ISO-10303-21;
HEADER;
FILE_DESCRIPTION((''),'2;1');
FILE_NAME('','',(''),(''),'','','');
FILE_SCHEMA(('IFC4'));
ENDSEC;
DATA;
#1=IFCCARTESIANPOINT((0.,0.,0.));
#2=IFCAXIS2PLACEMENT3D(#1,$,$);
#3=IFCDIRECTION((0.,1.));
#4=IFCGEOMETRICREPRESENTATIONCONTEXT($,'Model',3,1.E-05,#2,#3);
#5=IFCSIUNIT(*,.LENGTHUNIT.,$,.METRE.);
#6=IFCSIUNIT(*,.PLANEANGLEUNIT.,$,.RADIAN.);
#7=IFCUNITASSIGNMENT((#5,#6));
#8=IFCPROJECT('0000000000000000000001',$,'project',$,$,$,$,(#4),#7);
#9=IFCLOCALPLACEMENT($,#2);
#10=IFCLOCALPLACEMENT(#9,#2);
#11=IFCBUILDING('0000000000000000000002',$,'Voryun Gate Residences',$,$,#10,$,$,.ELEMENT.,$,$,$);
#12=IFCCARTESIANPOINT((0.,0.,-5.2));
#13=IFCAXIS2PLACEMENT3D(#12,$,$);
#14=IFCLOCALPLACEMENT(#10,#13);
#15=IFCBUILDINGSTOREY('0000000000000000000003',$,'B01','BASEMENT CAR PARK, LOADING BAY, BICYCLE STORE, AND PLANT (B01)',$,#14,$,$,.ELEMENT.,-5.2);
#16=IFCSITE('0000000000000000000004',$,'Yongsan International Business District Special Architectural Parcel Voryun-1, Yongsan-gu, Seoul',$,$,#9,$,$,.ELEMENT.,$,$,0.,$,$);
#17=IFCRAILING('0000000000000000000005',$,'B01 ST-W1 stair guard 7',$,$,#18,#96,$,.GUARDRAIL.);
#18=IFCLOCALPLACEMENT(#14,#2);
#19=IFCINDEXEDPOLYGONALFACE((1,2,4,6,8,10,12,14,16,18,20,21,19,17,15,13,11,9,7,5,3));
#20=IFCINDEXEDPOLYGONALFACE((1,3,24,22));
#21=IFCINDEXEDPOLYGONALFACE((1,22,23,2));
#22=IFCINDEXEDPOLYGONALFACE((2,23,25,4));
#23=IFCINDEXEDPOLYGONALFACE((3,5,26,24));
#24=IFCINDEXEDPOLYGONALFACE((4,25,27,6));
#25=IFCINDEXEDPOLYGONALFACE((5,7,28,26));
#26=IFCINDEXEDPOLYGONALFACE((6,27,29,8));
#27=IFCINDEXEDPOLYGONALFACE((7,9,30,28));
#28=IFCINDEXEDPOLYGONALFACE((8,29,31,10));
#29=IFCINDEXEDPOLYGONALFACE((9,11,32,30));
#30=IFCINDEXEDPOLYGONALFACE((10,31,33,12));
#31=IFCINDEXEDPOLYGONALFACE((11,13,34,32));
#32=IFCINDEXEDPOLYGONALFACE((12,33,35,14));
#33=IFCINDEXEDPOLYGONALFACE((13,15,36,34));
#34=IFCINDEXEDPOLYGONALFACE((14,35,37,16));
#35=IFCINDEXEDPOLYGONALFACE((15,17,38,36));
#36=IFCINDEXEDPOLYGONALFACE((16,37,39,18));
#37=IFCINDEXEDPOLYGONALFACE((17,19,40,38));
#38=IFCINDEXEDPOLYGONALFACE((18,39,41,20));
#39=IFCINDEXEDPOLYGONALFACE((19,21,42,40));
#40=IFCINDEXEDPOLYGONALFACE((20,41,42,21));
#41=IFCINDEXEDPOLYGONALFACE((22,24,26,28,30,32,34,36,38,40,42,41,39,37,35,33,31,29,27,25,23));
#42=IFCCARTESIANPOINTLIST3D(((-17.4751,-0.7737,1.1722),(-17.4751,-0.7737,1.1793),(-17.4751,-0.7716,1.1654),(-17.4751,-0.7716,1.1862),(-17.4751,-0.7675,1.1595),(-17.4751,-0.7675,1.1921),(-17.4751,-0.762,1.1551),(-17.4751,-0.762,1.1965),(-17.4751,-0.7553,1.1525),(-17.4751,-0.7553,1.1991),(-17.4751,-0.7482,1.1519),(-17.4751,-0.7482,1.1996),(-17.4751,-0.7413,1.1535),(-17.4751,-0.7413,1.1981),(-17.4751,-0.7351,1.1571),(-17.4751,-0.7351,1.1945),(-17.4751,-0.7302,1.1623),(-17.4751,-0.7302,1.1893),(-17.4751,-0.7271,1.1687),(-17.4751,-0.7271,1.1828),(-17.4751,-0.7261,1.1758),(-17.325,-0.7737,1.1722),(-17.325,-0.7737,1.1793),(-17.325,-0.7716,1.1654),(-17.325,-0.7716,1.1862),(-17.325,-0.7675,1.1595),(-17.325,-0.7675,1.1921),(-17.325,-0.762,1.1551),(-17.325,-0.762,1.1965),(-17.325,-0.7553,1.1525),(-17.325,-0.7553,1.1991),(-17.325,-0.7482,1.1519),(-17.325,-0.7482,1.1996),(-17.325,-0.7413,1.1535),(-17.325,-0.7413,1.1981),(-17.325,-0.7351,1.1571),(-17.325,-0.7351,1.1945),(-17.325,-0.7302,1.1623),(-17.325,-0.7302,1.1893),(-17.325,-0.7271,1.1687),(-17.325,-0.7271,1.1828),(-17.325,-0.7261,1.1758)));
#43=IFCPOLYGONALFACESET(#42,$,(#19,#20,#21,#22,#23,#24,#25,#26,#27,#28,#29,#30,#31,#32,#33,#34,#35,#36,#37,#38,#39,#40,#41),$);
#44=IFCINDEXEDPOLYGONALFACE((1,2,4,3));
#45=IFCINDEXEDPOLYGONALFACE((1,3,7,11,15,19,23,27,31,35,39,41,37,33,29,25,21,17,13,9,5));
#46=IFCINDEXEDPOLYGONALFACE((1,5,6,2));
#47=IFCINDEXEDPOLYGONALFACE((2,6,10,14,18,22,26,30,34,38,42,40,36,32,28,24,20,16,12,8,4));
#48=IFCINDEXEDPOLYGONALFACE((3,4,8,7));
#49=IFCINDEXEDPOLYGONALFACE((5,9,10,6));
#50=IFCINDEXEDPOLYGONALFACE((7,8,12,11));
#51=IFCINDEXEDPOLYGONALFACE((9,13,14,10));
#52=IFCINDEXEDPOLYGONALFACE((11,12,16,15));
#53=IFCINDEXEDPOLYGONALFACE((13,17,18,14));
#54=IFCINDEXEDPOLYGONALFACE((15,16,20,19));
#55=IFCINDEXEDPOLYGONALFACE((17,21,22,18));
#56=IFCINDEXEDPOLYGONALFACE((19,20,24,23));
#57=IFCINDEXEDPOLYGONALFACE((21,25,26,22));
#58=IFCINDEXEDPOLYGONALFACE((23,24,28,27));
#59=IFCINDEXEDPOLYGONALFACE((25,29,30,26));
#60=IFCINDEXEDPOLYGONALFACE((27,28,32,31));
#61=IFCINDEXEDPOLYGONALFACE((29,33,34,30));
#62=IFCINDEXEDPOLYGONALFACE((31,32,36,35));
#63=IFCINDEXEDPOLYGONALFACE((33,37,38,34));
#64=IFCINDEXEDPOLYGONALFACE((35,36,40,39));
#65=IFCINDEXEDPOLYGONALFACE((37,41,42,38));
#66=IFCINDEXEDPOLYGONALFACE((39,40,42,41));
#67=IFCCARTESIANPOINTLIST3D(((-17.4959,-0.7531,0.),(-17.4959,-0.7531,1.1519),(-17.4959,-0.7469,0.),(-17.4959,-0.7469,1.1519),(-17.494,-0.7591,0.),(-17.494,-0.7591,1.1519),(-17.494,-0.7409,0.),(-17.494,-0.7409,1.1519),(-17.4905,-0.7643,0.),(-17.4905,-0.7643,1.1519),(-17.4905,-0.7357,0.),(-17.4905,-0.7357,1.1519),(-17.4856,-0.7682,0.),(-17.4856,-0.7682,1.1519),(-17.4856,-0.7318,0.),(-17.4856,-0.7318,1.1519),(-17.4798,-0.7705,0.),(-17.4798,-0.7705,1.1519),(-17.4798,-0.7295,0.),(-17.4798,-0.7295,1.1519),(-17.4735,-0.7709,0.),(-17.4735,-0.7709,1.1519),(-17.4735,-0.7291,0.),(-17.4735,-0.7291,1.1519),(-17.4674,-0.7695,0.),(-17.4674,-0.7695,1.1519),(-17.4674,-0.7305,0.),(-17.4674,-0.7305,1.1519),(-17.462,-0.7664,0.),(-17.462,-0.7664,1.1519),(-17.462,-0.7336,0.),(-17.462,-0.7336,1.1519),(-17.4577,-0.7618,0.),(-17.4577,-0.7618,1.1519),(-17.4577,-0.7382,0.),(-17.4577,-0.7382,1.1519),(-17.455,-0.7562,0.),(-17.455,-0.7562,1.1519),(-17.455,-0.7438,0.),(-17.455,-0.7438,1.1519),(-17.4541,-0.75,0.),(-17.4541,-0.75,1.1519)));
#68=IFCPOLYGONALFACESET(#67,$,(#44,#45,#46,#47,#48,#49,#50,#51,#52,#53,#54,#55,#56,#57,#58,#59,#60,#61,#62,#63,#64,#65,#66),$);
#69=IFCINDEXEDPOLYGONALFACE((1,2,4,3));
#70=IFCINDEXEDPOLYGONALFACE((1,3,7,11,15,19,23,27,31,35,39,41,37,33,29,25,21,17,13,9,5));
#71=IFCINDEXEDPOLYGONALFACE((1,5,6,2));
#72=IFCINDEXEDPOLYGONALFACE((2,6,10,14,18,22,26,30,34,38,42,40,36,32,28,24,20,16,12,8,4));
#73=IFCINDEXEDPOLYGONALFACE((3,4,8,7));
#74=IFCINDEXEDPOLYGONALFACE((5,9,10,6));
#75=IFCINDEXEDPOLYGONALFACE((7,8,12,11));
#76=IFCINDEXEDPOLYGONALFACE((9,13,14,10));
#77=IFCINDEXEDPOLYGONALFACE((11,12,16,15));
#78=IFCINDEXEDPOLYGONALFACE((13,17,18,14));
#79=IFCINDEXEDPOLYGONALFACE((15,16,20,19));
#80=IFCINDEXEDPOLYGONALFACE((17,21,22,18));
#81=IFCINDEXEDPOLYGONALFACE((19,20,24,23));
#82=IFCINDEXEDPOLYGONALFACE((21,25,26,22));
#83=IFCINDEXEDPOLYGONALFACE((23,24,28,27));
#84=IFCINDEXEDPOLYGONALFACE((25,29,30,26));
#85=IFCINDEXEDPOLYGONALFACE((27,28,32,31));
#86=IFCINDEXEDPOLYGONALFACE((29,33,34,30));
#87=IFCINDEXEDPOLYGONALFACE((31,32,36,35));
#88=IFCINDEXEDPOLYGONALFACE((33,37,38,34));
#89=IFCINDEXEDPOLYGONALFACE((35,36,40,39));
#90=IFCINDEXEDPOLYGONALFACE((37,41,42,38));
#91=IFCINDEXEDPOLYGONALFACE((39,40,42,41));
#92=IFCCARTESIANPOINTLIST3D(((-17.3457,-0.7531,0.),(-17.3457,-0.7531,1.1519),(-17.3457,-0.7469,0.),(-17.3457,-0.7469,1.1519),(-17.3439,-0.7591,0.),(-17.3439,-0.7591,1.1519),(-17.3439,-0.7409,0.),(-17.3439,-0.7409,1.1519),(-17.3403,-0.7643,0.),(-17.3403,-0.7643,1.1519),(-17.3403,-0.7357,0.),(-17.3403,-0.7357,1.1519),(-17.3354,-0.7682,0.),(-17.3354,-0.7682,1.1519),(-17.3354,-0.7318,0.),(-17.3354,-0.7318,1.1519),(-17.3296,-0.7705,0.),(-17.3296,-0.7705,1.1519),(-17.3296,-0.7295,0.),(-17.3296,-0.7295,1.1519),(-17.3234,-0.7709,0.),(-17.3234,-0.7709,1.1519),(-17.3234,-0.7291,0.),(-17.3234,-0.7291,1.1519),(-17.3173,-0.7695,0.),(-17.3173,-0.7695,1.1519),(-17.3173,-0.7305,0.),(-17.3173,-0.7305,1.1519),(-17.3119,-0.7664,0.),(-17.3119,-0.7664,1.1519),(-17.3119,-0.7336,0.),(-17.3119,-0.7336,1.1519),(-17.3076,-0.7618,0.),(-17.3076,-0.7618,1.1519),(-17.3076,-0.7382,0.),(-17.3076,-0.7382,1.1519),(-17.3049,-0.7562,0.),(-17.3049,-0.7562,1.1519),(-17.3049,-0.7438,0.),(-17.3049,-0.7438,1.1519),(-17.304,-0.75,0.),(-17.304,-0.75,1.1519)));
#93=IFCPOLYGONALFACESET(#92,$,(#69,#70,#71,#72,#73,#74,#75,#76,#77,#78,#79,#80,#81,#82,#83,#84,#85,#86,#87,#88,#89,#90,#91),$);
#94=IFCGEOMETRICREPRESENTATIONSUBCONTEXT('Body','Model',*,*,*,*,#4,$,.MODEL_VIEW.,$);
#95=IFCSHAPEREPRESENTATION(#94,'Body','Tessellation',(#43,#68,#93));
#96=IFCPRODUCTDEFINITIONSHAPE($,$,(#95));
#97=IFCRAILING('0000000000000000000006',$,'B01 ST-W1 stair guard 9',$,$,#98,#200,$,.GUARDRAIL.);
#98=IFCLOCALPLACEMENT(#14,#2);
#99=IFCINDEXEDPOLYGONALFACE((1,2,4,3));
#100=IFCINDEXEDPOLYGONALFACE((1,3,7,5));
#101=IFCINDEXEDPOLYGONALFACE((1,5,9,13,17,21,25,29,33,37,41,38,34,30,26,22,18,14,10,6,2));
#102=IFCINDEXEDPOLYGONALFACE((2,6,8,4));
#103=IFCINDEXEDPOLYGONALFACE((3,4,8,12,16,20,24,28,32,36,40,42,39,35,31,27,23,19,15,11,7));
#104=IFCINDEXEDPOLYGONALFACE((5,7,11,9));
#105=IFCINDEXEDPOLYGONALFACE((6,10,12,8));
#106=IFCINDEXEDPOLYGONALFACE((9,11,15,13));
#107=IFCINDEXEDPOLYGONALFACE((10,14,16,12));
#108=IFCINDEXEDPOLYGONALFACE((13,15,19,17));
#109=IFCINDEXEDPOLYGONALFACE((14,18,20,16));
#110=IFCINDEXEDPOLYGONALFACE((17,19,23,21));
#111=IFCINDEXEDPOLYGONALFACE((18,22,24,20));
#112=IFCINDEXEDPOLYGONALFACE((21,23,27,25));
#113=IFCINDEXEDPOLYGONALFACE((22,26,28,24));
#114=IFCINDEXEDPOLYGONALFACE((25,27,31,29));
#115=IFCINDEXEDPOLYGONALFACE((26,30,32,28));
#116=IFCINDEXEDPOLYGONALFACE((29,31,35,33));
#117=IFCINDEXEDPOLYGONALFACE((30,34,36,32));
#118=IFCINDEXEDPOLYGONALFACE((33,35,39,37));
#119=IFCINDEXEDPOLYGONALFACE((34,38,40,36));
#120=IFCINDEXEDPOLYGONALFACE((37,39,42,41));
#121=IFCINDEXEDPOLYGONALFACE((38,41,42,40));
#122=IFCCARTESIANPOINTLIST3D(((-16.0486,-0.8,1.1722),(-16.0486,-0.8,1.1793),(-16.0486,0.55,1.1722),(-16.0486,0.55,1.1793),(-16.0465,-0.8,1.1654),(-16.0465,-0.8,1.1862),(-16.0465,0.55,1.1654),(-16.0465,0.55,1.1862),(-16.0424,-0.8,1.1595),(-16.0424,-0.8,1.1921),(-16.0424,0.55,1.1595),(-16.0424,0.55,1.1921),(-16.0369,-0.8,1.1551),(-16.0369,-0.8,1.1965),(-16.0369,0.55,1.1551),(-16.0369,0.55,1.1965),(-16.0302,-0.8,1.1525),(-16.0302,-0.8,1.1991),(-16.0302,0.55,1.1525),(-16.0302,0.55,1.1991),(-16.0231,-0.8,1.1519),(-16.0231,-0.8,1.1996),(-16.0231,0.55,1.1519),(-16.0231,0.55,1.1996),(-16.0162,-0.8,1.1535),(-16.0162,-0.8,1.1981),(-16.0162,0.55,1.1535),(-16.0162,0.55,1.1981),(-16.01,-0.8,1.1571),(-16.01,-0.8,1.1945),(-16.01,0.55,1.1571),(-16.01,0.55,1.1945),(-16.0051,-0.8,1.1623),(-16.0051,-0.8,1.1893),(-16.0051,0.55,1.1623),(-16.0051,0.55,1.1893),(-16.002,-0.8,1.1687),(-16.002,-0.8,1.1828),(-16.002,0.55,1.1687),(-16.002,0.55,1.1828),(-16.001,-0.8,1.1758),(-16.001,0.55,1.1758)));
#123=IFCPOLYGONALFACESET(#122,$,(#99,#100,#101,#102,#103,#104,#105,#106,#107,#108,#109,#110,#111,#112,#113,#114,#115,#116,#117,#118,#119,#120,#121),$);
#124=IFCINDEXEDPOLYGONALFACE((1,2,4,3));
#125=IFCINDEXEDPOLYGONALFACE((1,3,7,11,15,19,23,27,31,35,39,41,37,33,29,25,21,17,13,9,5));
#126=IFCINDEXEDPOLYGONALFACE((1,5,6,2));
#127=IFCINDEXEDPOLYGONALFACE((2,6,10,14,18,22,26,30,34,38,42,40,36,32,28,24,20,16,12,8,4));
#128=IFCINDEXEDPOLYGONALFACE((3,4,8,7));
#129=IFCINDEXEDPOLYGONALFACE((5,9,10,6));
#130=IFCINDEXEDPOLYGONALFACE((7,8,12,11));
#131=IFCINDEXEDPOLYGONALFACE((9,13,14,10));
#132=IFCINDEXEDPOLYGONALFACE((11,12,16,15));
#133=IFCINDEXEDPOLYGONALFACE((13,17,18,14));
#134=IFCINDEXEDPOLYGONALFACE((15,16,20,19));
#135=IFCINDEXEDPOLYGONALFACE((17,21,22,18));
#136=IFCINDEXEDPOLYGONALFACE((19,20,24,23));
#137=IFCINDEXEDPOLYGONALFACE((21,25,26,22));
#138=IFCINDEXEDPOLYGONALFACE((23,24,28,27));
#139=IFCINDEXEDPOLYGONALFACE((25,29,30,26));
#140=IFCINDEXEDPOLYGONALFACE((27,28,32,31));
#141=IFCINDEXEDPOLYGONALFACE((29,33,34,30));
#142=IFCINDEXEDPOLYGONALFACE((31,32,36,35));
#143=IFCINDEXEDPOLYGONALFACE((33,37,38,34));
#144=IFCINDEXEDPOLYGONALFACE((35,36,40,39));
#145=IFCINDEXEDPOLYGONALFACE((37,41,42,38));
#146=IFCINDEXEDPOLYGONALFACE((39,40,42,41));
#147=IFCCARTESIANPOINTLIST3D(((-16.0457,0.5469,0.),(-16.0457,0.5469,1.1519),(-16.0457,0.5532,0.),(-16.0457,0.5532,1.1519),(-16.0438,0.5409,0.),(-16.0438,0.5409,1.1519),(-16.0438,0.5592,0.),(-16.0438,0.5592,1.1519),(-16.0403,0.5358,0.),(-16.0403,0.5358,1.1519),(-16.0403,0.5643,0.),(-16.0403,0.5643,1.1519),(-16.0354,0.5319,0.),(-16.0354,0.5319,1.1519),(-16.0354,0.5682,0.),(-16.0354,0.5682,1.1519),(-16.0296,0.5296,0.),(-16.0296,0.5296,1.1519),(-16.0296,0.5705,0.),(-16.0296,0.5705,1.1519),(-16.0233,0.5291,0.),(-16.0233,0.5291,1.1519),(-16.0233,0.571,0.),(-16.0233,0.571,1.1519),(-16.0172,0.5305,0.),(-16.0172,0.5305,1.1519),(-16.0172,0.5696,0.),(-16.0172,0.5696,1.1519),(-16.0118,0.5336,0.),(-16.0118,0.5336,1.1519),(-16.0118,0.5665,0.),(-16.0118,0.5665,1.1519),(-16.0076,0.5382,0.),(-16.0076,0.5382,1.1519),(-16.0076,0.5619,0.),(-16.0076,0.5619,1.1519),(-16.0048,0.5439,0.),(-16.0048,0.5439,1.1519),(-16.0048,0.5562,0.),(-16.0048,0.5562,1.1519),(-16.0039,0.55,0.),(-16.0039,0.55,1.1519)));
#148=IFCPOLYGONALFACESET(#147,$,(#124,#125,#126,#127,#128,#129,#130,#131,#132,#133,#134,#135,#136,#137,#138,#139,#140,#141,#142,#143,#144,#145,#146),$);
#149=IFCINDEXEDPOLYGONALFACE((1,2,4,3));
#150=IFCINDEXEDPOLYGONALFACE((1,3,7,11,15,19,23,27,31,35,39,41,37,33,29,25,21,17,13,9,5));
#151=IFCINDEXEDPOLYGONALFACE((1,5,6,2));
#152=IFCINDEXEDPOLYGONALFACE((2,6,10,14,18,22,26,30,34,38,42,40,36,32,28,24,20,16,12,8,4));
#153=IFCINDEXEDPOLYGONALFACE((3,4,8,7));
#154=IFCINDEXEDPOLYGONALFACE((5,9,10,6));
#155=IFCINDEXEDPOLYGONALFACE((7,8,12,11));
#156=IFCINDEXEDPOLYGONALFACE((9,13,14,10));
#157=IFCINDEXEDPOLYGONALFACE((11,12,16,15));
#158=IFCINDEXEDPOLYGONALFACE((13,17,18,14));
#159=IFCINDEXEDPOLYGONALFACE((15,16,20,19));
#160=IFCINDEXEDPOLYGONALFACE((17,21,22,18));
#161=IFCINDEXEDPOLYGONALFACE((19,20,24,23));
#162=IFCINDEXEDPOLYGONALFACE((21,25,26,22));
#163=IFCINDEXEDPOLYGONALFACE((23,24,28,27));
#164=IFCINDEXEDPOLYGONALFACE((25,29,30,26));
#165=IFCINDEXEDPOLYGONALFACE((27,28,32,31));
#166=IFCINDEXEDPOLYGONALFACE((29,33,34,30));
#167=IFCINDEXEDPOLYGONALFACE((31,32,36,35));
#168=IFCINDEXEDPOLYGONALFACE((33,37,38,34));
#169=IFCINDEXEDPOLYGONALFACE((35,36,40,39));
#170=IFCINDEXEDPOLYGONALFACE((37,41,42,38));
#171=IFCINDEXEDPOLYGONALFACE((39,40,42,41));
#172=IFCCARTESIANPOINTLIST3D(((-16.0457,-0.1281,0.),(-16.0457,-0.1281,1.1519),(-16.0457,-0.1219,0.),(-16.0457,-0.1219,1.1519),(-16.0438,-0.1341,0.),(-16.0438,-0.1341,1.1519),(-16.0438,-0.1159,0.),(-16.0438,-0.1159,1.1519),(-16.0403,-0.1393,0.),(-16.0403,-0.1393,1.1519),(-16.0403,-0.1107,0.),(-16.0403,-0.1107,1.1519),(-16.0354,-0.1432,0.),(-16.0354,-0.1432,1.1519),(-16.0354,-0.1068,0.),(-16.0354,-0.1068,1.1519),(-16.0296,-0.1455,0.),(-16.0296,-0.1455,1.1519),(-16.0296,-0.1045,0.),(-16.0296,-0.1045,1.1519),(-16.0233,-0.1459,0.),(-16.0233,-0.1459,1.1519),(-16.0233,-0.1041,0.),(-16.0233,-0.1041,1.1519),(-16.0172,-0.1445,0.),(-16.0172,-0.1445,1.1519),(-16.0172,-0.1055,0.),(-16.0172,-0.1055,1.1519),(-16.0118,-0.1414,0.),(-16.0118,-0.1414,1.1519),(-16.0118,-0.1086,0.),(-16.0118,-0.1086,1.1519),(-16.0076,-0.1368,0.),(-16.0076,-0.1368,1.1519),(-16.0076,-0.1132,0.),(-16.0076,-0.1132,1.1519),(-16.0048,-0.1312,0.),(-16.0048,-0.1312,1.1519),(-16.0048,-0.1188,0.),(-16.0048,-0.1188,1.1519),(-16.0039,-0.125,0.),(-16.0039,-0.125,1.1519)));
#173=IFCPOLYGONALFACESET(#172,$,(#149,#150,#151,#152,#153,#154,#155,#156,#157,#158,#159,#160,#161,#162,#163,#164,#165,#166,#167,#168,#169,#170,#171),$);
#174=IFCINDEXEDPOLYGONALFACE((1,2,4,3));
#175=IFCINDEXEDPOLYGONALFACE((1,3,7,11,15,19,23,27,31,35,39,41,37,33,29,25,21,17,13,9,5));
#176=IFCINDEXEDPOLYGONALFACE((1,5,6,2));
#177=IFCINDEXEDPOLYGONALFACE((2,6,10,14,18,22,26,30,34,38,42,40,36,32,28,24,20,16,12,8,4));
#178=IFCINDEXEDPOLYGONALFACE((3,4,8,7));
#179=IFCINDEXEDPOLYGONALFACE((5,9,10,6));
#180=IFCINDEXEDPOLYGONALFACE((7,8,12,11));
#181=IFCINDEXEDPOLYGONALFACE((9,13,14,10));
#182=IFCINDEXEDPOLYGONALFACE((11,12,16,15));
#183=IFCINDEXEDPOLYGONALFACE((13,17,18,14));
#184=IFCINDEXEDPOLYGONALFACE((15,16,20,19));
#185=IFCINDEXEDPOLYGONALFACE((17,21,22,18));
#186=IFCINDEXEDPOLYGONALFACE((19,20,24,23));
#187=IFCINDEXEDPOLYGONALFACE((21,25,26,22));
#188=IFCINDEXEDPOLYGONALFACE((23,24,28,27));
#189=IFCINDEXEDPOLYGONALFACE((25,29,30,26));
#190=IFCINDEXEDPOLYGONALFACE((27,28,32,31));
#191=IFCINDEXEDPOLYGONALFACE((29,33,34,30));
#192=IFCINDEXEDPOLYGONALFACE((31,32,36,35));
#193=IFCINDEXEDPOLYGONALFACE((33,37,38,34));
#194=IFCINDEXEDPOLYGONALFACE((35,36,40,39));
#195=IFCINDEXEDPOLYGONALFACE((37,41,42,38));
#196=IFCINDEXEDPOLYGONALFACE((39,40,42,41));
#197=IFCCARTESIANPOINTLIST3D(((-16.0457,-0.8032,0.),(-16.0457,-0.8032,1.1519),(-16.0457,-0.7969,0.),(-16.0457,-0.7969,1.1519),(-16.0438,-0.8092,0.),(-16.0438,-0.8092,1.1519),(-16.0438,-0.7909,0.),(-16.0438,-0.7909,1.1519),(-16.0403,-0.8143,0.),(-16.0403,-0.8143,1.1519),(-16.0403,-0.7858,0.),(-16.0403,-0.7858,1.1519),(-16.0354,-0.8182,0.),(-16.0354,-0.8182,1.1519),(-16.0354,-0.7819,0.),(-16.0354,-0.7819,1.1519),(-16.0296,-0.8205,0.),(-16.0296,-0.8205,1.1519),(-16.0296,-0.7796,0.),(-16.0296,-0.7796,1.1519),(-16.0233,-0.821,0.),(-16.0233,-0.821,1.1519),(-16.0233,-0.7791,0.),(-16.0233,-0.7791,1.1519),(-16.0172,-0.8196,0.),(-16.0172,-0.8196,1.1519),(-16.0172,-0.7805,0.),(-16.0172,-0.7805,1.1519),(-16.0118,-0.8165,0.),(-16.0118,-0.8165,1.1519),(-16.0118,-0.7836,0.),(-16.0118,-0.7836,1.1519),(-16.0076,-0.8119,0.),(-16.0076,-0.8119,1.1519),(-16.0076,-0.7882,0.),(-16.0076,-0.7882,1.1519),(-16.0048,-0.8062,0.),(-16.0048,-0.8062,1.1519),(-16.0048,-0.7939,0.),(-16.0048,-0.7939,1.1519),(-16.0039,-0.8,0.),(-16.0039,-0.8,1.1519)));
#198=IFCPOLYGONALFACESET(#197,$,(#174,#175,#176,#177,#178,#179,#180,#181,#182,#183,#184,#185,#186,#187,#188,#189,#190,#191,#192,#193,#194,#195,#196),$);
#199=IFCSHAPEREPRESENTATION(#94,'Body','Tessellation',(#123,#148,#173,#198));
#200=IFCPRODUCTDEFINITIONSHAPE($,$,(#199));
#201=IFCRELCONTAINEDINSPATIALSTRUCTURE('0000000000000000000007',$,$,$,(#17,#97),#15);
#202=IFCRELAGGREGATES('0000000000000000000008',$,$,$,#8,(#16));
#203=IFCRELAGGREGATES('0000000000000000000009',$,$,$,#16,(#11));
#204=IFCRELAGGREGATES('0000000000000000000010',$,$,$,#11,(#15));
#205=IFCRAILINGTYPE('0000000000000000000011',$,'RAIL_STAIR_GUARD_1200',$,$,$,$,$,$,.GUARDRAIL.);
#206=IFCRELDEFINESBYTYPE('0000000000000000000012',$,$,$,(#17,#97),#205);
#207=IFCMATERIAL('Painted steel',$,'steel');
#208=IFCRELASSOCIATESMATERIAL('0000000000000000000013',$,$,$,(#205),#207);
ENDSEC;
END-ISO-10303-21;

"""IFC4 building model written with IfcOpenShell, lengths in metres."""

from ifc_helpers import new_model, si_unit, direction, frame, origin, origin_2d, place, context, subcontext, project, spatial, circle, extrude, material, type_object, element, save


model = new_model("IFC4")

# Units and contexts
model_context = context("Model", 3, precision=1e-05, world=origin(), true_north=direction((0.0, 1.0)))
body_context = subcontext(model_context, "Body", "Model", "MODEL_VIEW")
ifc_project = project(units=[si_unit("LENGTHUNIT", "METRE"), si_unit("PLANEANGLEUNIT", "RADIAN")], contexts=[model_context])

# Site, building, storey
site_placement = place(None, origin())
site = spatial("IfcSite", under=ifc_project, at=site_placement, Name="Yongsan International Business District Special Architectural Parcel Voryun-1, Yongsan-gu, Seoul", CompositionType="ELEMENT", RefElevation=0.0)
building_placement = place(site_placement, origin())
building = spatial("IfcBuilding", under=site, at=building_placement, Name="Voryun Gate Residences", CompositionType="ELEMENT")
storey_placement = place(building_placement, frame((0.0, 0.0, -5.2)))
storey = spatial("IfcBuildingStorey", under=building, at=storey_placement, Name="B01", Description="BASEMENT CAR PARK, LOADING BAY, BICYCLE STORE, AND PLANT (B01)", CompositionType="ELEMENT", Elevation=-5.2)

# Railings
ifc_material_1 = material(Name="Painted steel", Category="steel")
railing_type = type_object("IfcRailingType", Name="RAIL_STAIR_GUARD_1200", PredefinedType="GUARDRAIL", material=ifc_material_1)
railing_1_placement = place(storey_placement, frame((-17.4751, -0.75, 0.0)))
element("IfcRailing", 1, at=railing_1_placement, inside=storey, type_object=railing_type, Name="B01 ST-W1 stair guard 7", PredefinedType="GUARDRAIL", context=body_context, shape_type="SweptSolid", body=[
    extrude(circle(Radius=0.0239, at=origin_2d()), frame((0.0, 0.0, 1.1758), z_axis=(1.0, 0.0, 0.0), x_axis=(0.0, 1.0, 0.0)), (0.0, 0.0, 1.0), 0.1501),
    extrude(circle(Radius=0.021, at=origin_2d()), origin(), (0.0, 0.0, 1.0), 1.1519),
    extrude(circle(Radius=0.021, at=origin_2d()), frame((0.1501, 0.0, 0.0)), (0.0, 0.0, 1.0), 1.1519),
])
railing_2_placement = place(storey_placement, frame((-16.0249, 0.55, 0.0)))
element("IfcRailing", 2, at=railing_2_placement, inside=storey, type_object=railing_type, Name="B01 ST-W1 stair guard 9", PredefinedType="GUARDRAIL", context=body_context, shape_type="SweptSolid", body=[
    extrude(circle(Radius=0.0239, at=origin_2d()), frame((0.0, 0.0, 1.1758), z_axis=(0.0, -1.0, 0.0), x_axis=(1.0, 0.0, 0.0)), (0.0, 0.0, 1.0), 1.3501),
    extrude(circle(Radius=0.021, at=origin_2d()), origin(), (0.0, 0.0, 1.0), 1.1519),
    extrude(circle(Radius=0.021, at=origin_2d()), frame((0.0, -0.675, 0.0)), (0.0, 0.0, 1.0), 1.1519),
    extrude(circle(Radius=0.021, at=origin_2d()), frame((0.0, -1.3501, 0.0)), (0.0, 0.0, 1.0), 1.1519),
])

save(model, "model.ifc")
